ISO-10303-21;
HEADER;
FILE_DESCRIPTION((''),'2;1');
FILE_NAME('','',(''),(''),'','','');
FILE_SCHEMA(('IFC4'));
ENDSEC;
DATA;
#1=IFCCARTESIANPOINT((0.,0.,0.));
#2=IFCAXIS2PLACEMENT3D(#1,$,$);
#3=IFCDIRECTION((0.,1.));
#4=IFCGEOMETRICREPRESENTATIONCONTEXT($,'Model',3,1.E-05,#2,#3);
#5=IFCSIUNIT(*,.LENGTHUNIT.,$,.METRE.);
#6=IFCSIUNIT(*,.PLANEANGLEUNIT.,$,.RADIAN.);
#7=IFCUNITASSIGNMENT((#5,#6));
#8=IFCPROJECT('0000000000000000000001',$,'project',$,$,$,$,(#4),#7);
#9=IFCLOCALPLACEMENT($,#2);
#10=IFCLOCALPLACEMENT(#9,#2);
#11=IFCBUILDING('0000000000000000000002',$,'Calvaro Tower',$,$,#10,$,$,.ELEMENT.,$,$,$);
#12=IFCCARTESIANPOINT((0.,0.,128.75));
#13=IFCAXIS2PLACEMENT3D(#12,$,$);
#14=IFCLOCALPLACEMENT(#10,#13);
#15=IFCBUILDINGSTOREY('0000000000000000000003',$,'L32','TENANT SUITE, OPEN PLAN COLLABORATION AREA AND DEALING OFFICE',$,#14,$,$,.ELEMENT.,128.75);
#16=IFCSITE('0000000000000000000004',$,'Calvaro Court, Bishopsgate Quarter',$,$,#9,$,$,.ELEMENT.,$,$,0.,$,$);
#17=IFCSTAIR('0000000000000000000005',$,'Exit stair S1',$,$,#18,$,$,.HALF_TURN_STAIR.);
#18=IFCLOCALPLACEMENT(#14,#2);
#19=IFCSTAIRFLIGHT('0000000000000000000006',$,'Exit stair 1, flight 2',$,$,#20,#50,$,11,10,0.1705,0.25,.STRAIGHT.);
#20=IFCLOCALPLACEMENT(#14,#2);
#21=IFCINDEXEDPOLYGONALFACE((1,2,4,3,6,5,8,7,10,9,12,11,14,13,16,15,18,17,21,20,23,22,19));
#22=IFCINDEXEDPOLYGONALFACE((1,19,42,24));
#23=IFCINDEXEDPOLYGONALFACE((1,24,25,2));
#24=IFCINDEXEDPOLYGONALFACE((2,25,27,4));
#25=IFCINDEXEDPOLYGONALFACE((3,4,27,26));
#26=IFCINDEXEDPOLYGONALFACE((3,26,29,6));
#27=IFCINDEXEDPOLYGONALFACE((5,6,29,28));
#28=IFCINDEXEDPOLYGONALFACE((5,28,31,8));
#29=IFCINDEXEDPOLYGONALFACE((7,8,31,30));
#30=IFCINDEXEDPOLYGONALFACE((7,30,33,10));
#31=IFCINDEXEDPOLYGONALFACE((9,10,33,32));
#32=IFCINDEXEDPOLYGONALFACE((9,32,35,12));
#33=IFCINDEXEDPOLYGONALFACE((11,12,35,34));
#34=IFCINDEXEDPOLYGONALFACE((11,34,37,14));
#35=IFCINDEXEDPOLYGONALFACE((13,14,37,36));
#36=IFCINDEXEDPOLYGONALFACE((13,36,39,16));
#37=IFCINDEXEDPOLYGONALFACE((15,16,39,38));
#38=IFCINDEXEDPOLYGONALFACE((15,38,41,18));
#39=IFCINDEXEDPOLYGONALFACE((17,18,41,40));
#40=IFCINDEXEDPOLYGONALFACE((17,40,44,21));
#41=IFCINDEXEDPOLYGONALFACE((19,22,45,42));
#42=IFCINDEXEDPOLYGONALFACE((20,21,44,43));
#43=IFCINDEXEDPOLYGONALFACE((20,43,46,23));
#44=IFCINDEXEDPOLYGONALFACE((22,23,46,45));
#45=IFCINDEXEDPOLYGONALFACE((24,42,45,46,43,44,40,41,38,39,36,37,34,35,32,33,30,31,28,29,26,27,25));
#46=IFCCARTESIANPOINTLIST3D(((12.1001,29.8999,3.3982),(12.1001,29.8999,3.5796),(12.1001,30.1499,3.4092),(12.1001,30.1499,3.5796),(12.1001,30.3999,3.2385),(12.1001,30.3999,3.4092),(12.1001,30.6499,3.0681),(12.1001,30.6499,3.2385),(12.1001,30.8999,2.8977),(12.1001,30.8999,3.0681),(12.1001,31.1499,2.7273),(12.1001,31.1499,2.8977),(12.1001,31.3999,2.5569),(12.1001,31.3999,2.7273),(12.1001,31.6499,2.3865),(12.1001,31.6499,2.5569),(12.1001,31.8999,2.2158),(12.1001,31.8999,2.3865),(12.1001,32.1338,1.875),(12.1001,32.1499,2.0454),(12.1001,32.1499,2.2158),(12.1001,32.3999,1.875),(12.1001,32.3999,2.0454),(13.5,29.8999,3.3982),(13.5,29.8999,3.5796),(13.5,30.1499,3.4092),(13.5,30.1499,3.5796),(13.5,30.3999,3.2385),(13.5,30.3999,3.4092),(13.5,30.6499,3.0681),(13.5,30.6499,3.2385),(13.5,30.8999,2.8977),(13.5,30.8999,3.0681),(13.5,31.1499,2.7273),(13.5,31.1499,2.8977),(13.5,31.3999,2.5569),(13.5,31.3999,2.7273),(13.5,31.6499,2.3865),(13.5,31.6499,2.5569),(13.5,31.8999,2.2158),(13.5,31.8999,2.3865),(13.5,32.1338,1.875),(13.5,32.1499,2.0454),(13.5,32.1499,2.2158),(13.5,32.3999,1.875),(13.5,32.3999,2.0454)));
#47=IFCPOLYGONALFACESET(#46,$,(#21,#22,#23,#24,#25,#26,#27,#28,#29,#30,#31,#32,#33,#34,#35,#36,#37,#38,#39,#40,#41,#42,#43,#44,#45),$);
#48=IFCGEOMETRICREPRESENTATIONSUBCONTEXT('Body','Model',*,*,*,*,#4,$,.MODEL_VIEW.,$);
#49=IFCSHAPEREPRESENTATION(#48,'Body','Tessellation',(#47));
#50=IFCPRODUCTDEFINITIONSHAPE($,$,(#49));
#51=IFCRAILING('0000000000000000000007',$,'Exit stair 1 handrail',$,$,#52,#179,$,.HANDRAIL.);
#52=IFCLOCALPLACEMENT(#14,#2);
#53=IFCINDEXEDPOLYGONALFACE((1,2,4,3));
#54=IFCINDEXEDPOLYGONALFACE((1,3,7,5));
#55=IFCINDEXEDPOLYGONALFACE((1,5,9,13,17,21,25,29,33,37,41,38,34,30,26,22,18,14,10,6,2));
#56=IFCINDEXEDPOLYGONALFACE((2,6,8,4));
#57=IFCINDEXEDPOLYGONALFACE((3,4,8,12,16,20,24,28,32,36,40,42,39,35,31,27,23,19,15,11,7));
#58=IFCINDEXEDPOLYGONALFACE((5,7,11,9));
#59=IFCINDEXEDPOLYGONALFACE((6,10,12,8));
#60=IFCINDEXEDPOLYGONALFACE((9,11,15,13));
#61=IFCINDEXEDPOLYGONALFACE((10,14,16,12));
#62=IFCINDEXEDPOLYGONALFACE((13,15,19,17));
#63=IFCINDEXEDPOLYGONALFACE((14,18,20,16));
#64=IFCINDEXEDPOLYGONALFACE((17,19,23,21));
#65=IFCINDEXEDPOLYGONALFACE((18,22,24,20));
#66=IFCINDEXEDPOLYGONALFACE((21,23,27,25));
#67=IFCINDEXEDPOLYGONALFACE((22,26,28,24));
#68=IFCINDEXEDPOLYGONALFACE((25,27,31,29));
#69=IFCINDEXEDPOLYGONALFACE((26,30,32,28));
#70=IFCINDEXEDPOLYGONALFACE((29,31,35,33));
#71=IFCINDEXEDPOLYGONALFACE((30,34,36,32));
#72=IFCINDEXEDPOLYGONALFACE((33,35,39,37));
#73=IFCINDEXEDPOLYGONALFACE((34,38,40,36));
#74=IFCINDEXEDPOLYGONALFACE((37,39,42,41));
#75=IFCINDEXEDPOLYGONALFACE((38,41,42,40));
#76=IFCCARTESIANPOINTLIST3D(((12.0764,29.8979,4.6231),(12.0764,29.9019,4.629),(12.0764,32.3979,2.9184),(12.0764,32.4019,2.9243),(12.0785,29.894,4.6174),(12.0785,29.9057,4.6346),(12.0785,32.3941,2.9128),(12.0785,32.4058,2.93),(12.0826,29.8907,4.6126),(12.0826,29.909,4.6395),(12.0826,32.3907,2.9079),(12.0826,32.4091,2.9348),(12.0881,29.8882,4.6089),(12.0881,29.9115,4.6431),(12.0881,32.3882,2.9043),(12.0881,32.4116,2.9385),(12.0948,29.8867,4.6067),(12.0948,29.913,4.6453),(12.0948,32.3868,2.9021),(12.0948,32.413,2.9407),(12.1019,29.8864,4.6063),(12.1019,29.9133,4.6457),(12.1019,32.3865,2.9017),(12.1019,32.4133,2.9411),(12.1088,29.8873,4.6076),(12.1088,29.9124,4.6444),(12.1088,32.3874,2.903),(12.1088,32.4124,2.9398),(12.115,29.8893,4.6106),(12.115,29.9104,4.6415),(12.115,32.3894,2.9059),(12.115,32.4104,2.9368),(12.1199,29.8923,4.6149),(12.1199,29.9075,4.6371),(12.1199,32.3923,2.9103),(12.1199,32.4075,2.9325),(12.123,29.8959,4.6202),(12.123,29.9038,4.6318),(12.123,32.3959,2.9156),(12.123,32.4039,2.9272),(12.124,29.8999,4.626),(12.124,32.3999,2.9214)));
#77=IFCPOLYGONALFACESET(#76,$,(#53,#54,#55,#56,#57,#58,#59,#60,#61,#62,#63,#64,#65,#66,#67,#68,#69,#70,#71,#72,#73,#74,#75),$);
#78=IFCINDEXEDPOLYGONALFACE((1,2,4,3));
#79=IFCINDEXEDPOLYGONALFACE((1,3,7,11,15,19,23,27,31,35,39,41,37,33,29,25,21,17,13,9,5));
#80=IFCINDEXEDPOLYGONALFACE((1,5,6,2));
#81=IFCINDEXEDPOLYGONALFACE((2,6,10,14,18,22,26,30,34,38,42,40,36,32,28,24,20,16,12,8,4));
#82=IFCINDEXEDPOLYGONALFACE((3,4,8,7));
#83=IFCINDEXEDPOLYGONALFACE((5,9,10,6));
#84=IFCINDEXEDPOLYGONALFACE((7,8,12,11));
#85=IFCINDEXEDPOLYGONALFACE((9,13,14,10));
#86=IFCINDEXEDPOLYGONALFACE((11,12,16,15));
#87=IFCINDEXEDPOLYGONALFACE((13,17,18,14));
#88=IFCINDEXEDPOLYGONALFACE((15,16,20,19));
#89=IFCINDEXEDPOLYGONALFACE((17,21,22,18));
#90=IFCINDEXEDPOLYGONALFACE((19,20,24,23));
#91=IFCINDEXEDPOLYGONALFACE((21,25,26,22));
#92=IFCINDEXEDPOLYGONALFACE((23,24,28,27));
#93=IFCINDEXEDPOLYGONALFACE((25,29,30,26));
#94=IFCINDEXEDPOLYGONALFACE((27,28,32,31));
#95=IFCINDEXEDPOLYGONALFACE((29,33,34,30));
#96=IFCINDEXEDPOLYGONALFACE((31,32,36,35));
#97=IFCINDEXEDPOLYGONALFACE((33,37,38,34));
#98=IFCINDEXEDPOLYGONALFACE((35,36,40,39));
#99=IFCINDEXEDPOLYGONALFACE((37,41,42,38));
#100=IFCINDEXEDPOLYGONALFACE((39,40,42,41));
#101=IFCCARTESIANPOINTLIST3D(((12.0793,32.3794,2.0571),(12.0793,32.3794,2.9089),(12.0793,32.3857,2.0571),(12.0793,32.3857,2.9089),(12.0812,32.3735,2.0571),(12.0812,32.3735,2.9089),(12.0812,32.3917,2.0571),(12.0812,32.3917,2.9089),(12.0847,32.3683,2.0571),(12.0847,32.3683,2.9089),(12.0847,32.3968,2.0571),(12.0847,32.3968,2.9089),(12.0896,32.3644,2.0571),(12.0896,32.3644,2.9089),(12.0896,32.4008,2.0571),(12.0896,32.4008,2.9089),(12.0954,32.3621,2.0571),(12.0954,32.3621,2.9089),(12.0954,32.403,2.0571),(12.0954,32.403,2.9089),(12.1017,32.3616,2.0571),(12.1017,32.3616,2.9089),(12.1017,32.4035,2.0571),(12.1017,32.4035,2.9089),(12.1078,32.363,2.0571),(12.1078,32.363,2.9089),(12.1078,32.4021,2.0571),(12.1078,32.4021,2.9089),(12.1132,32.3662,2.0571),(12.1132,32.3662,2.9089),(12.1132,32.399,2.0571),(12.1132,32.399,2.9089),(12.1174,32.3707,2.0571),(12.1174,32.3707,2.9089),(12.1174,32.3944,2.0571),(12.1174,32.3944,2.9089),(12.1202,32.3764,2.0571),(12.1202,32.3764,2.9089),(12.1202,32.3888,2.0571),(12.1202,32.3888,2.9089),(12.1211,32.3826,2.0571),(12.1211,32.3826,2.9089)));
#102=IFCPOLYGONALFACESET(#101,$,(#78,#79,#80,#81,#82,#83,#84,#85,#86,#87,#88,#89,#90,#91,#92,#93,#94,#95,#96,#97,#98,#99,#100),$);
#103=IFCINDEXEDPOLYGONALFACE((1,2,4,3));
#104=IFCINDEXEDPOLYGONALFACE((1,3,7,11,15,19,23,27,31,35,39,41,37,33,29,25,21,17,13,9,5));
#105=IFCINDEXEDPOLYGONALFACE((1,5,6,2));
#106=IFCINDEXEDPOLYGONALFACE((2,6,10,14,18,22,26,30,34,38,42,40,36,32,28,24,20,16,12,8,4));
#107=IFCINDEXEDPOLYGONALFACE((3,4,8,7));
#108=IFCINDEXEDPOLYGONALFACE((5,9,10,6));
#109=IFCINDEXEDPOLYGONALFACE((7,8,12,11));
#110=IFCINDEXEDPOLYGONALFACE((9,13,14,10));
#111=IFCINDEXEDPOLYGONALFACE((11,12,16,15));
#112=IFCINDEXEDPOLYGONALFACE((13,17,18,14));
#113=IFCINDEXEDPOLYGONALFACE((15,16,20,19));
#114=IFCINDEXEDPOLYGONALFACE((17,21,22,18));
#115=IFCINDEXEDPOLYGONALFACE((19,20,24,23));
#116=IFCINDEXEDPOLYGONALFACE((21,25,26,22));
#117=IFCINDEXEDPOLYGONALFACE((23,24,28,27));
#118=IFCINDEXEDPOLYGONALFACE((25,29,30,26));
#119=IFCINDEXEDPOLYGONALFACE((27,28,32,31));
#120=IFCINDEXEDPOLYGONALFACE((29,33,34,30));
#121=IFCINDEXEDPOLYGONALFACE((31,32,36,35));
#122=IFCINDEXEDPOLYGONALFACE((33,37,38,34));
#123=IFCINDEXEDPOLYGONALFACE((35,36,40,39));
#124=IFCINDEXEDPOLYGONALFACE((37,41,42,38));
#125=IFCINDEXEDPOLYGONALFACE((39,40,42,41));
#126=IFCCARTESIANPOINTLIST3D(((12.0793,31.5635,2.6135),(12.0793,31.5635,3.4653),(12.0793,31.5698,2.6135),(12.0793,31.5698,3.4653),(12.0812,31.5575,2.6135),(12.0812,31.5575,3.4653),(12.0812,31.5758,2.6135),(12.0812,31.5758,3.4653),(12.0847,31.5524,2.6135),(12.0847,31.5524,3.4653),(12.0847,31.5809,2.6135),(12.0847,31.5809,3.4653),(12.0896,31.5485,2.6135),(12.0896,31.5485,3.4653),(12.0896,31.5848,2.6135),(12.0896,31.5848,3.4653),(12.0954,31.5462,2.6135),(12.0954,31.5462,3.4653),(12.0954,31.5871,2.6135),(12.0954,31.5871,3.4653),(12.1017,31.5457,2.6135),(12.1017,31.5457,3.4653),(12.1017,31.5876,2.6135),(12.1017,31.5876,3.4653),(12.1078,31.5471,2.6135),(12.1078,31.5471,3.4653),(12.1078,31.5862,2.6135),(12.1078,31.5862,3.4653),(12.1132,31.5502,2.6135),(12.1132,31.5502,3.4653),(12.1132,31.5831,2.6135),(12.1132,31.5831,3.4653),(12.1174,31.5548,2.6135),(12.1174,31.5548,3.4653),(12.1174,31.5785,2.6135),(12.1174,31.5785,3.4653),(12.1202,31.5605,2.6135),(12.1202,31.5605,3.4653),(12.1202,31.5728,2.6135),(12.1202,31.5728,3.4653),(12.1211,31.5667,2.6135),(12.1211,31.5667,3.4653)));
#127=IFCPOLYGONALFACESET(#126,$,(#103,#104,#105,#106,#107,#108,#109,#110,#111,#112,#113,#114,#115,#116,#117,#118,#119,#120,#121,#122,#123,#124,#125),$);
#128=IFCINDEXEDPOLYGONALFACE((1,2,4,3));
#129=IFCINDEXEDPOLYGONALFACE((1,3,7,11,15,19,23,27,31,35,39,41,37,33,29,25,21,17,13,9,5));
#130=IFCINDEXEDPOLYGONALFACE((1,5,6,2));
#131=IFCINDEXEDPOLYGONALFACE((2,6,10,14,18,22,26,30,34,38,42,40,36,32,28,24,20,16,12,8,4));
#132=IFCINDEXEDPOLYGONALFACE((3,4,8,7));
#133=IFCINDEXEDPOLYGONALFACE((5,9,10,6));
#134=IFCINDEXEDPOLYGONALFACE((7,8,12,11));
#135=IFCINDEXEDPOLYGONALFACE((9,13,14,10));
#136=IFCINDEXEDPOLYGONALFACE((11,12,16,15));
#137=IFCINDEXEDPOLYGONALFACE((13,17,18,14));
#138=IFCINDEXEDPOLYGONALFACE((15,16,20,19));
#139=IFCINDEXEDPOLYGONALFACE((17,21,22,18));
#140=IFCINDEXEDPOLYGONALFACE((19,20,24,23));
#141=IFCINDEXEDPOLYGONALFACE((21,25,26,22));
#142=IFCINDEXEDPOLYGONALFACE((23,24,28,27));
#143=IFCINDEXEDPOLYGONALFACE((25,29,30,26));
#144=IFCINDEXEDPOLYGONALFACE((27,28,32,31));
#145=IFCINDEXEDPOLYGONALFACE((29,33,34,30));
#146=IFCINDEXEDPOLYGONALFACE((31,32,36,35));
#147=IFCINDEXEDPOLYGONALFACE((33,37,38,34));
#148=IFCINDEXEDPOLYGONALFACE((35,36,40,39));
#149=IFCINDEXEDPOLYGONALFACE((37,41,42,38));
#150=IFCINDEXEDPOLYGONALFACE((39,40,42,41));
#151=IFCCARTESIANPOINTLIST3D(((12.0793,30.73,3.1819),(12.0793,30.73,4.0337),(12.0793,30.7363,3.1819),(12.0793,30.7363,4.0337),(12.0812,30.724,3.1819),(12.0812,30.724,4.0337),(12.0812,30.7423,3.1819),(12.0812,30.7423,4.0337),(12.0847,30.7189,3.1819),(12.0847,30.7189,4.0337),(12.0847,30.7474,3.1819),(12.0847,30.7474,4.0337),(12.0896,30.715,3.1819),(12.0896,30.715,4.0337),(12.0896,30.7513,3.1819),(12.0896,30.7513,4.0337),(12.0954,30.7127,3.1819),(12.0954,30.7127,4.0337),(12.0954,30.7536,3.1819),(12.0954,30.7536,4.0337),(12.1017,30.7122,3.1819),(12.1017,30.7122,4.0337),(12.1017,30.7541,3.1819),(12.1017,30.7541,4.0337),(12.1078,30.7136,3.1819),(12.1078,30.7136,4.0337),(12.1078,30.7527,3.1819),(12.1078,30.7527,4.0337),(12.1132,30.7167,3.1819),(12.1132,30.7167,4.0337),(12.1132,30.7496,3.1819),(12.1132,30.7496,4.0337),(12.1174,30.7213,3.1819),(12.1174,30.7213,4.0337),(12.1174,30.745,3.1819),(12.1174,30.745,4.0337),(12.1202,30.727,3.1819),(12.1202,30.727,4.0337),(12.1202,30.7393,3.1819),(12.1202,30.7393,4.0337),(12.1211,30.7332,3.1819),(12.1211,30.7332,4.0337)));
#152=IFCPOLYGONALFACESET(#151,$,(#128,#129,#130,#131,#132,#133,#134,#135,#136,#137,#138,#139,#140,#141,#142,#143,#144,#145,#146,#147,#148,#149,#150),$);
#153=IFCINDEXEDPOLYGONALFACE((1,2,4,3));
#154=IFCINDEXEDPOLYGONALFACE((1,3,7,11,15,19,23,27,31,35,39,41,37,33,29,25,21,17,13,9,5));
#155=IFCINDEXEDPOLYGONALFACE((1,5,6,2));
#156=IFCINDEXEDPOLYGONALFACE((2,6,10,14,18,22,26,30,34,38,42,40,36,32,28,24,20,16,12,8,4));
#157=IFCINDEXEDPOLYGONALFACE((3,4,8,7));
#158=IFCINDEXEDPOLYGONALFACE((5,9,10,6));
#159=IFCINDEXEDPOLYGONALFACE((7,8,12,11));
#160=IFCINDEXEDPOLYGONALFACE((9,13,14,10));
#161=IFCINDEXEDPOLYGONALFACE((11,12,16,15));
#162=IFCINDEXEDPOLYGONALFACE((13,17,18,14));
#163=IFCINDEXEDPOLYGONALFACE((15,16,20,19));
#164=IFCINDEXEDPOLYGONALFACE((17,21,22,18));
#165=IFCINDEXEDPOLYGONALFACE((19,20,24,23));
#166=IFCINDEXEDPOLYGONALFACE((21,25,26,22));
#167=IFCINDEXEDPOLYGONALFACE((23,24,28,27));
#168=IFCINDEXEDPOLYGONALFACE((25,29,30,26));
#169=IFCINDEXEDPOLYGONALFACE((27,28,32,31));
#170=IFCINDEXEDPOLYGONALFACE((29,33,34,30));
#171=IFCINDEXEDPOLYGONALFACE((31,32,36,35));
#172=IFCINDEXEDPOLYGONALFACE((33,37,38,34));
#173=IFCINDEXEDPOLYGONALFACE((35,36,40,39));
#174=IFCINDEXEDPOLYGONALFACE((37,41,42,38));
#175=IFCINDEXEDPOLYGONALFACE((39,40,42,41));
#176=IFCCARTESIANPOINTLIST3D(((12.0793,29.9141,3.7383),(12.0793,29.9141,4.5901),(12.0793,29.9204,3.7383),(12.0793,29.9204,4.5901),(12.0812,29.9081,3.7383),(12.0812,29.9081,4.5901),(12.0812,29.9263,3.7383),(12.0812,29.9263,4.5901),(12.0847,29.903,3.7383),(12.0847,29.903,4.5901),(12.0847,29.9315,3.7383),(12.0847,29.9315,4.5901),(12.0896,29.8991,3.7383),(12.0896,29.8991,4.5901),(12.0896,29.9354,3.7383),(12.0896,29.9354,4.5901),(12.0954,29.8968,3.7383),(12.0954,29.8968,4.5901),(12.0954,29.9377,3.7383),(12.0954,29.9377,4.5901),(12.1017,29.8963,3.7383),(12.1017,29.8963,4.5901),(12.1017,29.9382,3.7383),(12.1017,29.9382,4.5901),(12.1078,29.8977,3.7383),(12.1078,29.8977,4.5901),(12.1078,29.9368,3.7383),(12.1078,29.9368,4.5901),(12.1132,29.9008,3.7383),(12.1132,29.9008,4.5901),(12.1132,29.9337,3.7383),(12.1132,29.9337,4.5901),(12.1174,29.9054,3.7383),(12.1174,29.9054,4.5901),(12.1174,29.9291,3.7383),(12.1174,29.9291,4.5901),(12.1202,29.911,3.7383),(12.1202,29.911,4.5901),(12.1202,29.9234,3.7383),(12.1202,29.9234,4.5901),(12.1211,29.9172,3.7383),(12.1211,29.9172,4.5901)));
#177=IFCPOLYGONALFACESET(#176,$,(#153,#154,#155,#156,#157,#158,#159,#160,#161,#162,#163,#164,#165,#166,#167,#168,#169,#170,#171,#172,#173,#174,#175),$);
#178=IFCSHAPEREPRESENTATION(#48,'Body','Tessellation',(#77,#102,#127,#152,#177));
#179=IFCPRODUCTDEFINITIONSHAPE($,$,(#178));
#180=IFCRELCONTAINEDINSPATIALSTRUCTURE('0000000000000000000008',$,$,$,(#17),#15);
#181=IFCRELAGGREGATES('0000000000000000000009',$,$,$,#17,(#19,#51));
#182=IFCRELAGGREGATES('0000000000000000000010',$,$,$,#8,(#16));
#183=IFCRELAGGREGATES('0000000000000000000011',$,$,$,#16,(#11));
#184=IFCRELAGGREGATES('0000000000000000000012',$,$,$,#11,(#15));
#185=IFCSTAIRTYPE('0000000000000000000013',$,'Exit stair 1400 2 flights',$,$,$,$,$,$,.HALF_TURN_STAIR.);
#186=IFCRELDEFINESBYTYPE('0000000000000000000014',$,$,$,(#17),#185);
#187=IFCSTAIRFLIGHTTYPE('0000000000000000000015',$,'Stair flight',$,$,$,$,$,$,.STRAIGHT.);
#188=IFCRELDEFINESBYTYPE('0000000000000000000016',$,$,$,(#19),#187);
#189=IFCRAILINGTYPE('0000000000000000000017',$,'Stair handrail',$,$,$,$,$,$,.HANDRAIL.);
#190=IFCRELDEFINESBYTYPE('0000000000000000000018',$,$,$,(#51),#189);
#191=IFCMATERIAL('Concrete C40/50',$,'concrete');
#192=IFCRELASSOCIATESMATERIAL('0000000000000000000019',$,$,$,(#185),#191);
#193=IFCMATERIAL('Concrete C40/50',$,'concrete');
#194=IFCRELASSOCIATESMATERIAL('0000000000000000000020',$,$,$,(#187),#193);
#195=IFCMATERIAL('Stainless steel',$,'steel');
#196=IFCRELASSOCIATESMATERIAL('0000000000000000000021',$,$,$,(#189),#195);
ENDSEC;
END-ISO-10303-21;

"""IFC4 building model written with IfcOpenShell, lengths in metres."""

from ifc_helpers import new_model, si_unit, direction, frame, origin, origin_2d, place, context, subcontext, project, spatial, polyline, circle, outline, extrude, material, type_object, element, aggregate, save


model = new_model("IFC4")

# Units and contexts
model_context = context("Model", 3, precision=1e-05, world=origin(), true_north=direction((0.0, 1.0)))
body_context = subcontext(model_context, "Body", "Model", "MODEL_VIEW")
ifc_project = project(units=[si_unit("LENGTHUNIT", "METRE"), si_unit("PLANEANGLEUNIT", "RADIAN")], contexts=[model_context])

# Site, building, storey
site_placement = place(None, origin())
site = spatial("IfcSite", under=ifc_project, at=site_placement, Name="Calvaro Court, Bishopsgate Quarter", CompositionType="ELEMENT", RefElevation=0.0)
building_placement = place(site_placement, origin())
building = spatial("IfcBuilding", under=site, at=building_placement, Name="Calvaro Tower", CompositionType="ELEMENT")
storey_placement = place(building_placement, frame((0.0, 0.0, 128.75)))
storey = spatial("IfcBuildingStorey", under=building, at=storey_placement, Name="L32", Description="TENANT SUITE, OPEN PLAN COLLABORATION AREA AND DEALING OFFICE", CompositionType="ELEMENT", Elevation=128.75)

# Stair, stair flight, railing
ifc_material_1 = material(Name="Concrete C40/50", Category="concrete")
stair_type = type_object("IfcStairType", Name="Exit stair 1400 2 flights", PredefinedType="HALF_TURN_STAIR", material=ifc_material_1)
stair_placement = place(storey_placement, origin())
stair = element("IfcStair", 1, at=stair_placement, inside=storey, type_object=stair_type, Name="Exit stair S1", PredefinedType="HALF_TURN_STAIR")
ifc_material_2 = material(Name="Concrete C40/50", Category="concrete")
stair_flight_type = type_object("IfcStairFlightType", Name="Stair flight", PredefinedType="STRAIGHT", material=ifc_material_2)
stair_flight_placement = place(storey_placement, frame((12.8, 32.3999, 1.875), z_axis=(0.0, 0.0, 1.0), x_axis=(0.0, -1.0, 0.0)))
stair_flight = element("IfcStairFlight", 2, at=stair_flight_placement, type_object=stair_flight_type, Name="Exit stair 1, flight 2", NumberOfRisers=11, NumberOfTreads=10, PredefinedType="STRAIGHT", RiserHeight=0.1705, TreadLength=0.25, context=body_context, shape_type="SweptSolid", body=[
    extrude(outline(polyline([(0.0, 0.0), (0.0, 0.1704), (0.25, 0.1704), (0.25, 0.3408), (0.5, 0.3408), (0.5, 0.5115), (0.75, 0.5115), (0.75, 0.6819), (1.0, 0.6819), (1.0, 0.8523), (1.25, 0.8523), (1.25, 1.0227), (1.5, 1.0227), (1.5, 1.1931), (1.75, 1.1931), (1.75, 1.3635), (2.0, 1.3635), (2.0, 1.5342), (2.25, 1.5342), (2.25, 1.7046), (2.5, 1.7046), (2.5, 1.875), (2.5, 1.5232), (0.2661, 0.0), (0.0, 0.0)])), frame((0.0, 0.7, 0.0), z_axis=(0.0, -1.0, 0.0), x_axis=(1.0, 0.0, 0.0)), (0.0, 0.0, 1.0), 1.3999),
])
ifc_material_3 = material(Name="Stainless steel", Category="steel")
railing_type = type_object("IfcRailingType", Name="Stair handrail", PredefinedType="HANDRAIL", material=ifc_material_3)
railing_1_placement = place(storey_placement, frame((12.1001, 32.3999, 2.0454)))
railing_1 = element("IfcRailing", 3, at=railing_1_placement, type_object=railing_type, Name="Exit stair 1 handrail", PredefinedType="HANDRAIL", context=body_context, shape_type="SweptSolid", body=[
    extrude(circle(Radius=0.0239, at=origin_2d()), frame((0.0, 0.0, 0.876), z_axis=(0.0, -0.826221, 0.563347), x_axis=(1.0, 0.0, 0.0)), (0.0, 0.0, 1.0), 3.0259),
    extrude(circle(Radius=0.021, at=origin_2d()), frame((0.0, -0.0173, 0.0117)), (0.0, 0.0, 1.0), 0.8518),
    extrude(circle(Radius=0.021, at=origin_2d()), frame((0.0, -0.8333, 0.5681)), (0.0, 0.0, 1.0), 0.8518),
    extrude(circle(Radius=0.021, at=origin_2d()), frame((0.0, -1.6667, 1.1365)), (0.0, 0.0, 1.0), 0.8518),
    extrude(circle(Radius=0.021, at=origin_2d()), frame((0.0, -2.4827, 1.6929)), (0.0, 0.0, 1.0), 0.8518),
])
aggregate(stair, [stair_flight, railing_1])

save(model, "model.ifc")
